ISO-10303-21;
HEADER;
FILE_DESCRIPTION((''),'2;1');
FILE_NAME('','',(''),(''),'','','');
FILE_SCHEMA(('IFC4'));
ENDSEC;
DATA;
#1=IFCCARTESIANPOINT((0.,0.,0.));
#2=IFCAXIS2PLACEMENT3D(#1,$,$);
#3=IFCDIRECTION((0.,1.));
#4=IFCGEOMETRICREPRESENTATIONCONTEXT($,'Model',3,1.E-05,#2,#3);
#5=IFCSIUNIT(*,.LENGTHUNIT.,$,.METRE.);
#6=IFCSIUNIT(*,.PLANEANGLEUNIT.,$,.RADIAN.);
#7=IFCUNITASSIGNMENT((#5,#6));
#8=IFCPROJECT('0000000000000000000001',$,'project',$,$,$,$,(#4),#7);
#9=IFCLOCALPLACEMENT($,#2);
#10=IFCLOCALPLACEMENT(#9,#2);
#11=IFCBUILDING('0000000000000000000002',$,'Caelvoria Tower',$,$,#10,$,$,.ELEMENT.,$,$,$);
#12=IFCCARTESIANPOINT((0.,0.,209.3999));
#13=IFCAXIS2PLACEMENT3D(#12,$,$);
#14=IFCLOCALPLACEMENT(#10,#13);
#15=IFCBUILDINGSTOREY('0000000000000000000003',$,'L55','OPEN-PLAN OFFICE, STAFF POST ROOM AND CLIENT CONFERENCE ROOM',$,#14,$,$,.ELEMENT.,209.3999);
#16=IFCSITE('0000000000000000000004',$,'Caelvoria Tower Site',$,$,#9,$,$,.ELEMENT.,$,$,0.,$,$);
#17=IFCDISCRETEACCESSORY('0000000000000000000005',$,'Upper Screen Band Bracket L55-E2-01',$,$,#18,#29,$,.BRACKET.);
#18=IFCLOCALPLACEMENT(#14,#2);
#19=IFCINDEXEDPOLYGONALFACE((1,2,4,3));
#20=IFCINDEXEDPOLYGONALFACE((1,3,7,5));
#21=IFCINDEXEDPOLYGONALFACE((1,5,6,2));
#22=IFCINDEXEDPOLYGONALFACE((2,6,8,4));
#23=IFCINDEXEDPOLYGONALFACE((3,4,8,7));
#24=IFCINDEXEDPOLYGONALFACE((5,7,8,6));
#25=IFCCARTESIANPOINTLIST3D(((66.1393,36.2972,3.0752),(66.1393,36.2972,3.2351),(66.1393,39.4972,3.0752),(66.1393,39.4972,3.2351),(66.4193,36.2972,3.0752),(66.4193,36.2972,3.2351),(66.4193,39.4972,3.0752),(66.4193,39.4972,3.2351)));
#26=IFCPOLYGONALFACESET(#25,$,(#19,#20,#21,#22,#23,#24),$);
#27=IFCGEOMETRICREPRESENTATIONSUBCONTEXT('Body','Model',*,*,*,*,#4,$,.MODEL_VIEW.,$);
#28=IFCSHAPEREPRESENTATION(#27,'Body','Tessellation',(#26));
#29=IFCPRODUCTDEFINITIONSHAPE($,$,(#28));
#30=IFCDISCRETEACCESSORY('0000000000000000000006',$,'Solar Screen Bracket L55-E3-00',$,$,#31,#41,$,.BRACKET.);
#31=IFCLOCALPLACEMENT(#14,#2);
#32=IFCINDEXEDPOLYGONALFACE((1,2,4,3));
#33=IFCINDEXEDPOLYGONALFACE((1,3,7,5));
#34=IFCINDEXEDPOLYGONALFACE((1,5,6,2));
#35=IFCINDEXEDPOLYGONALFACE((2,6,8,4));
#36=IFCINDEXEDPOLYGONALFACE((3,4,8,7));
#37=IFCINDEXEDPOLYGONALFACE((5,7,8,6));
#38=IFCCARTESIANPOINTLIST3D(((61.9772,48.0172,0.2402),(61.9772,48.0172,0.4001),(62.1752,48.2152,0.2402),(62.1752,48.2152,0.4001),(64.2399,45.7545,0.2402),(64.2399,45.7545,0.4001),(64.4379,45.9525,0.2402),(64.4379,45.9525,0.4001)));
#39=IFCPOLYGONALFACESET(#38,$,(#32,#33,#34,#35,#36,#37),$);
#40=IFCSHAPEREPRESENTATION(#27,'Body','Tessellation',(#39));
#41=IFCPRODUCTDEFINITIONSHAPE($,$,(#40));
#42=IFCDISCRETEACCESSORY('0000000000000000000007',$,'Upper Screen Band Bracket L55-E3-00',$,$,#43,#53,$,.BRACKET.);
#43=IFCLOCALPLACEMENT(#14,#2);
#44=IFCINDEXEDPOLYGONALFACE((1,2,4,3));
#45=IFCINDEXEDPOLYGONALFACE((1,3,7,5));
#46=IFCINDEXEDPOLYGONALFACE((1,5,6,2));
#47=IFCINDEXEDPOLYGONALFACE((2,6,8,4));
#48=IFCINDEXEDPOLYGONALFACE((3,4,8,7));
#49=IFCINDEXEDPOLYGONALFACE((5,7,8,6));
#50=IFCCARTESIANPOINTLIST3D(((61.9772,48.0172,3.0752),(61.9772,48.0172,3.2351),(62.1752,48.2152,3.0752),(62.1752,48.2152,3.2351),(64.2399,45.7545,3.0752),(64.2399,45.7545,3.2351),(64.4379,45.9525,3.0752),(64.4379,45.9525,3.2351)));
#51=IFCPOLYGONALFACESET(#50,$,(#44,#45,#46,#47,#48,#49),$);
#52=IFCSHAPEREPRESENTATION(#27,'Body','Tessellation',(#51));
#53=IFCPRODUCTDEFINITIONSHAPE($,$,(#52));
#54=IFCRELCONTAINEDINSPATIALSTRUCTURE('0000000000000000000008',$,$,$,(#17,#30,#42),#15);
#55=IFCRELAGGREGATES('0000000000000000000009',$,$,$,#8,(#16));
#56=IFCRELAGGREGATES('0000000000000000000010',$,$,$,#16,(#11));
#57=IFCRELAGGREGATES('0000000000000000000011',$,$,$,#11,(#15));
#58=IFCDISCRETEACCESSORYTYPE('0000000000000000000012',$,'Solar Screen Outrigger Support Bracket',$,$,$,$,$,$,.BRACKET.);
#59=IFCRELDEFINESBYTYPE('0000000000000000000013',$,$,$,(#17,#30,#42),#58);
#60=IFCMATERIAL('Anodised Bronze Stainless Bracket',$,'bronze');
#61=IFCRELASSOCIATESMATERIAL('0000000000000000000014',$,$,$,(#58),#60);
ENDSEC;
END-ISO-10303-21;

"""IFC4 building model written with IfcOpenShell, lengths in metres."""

from ifc_helpers import new_model, si_unit, direction, frame, origin, origin_2d, place, context, subcontext, project, spatial, rectangle, extrude, material, type_object, element, save


model = new_model("IFC4")

# Units and contexts
model_context = context("Model", 3, precision=1e-05, world=origin(), true_north=direction((0.0, 1.0)))
body_context = subcontext(model_context, "Body", "Model", "MODEL_VIEW")
ifc_project = project(units=[si_unit("LENGTHUNIT", "METRE"), si_unit("PLANEANGLEUNIT", "RADIAN")], contexts=[model_context])

# Site, building, storey
site_placement = place(None, origin())
site = spatial("IfcSite", under=ifc_project, at=site_placement, Name="Caelvoria Tower Site", CompositionType="ELEMENT", RefElevation=0.0)
building_placement = place(site_placement, origin())
building = spatial("IfcBuilding", under=site, at=building_placement, Name="Caelvoria Tower", CompositionType="ELEMENT")
storey_placement = place(building_placement, frame((0.0, 0.0, 209.3999)))
storey = spatial("IfcBuildingStorey", under=building, at=storey_placement, Name="L55", Description="OPEN-PLAN OFFICE, STAFF POST ROOM AND CLIENT CONFERENCE ROOM", CompositionType="ELEMENT", Elevation=209.3999)

# Discrete accessories
ifc_material_1 = material(Name="Anodised Bronze Stainless Bracket", Category="bronze")
discrete_accessory_type = type_object("IfcDiscreteAccessoryType", Name="Solar Screen Outrigger Support Bracket", PredefinedType="BRACKET", material=ifc_material_1)
for number, where, z_axis, x_axis, name in (
    (1, (66.2793, 37.8972, 3.0752), (0.0, 0.0, 1.0), (0.0, 1.0, 0.0), "Upper Screen Band Bracket L55-E2-01"),
    (2, (63.2075, 46.9849, 0.2402), (0.0, 0.0, 1.0), (-0.707107, 0.707107, 0.0), "Solar Screen Bracket L55-E3-00"),
    (3, (63.2075, 46.9849, 3.0752), (0.0, 0.0, 1.0), (-0.707107, 0.707107, 0.0), "Upper Screen Band Bracket L55-E3-00"),
):
    element("IfcDiscreteAccessory", number, at=place(storey_placement, frame(where, z_axis=z_axis, x_axis=x_axis)), inside=storey, type_object=discrete_accessory_type, Name=name, PredefinedType="BRACKET", context=body_context, shape_type="SweptSolid", body=[
        extrude(rectangle(XDim=3.2, YDim=0.28, at=origin_2d()), origin(), (0.0, 0.0, 1.0), 0.1599),
    ])

save(model, "model.ifc")
